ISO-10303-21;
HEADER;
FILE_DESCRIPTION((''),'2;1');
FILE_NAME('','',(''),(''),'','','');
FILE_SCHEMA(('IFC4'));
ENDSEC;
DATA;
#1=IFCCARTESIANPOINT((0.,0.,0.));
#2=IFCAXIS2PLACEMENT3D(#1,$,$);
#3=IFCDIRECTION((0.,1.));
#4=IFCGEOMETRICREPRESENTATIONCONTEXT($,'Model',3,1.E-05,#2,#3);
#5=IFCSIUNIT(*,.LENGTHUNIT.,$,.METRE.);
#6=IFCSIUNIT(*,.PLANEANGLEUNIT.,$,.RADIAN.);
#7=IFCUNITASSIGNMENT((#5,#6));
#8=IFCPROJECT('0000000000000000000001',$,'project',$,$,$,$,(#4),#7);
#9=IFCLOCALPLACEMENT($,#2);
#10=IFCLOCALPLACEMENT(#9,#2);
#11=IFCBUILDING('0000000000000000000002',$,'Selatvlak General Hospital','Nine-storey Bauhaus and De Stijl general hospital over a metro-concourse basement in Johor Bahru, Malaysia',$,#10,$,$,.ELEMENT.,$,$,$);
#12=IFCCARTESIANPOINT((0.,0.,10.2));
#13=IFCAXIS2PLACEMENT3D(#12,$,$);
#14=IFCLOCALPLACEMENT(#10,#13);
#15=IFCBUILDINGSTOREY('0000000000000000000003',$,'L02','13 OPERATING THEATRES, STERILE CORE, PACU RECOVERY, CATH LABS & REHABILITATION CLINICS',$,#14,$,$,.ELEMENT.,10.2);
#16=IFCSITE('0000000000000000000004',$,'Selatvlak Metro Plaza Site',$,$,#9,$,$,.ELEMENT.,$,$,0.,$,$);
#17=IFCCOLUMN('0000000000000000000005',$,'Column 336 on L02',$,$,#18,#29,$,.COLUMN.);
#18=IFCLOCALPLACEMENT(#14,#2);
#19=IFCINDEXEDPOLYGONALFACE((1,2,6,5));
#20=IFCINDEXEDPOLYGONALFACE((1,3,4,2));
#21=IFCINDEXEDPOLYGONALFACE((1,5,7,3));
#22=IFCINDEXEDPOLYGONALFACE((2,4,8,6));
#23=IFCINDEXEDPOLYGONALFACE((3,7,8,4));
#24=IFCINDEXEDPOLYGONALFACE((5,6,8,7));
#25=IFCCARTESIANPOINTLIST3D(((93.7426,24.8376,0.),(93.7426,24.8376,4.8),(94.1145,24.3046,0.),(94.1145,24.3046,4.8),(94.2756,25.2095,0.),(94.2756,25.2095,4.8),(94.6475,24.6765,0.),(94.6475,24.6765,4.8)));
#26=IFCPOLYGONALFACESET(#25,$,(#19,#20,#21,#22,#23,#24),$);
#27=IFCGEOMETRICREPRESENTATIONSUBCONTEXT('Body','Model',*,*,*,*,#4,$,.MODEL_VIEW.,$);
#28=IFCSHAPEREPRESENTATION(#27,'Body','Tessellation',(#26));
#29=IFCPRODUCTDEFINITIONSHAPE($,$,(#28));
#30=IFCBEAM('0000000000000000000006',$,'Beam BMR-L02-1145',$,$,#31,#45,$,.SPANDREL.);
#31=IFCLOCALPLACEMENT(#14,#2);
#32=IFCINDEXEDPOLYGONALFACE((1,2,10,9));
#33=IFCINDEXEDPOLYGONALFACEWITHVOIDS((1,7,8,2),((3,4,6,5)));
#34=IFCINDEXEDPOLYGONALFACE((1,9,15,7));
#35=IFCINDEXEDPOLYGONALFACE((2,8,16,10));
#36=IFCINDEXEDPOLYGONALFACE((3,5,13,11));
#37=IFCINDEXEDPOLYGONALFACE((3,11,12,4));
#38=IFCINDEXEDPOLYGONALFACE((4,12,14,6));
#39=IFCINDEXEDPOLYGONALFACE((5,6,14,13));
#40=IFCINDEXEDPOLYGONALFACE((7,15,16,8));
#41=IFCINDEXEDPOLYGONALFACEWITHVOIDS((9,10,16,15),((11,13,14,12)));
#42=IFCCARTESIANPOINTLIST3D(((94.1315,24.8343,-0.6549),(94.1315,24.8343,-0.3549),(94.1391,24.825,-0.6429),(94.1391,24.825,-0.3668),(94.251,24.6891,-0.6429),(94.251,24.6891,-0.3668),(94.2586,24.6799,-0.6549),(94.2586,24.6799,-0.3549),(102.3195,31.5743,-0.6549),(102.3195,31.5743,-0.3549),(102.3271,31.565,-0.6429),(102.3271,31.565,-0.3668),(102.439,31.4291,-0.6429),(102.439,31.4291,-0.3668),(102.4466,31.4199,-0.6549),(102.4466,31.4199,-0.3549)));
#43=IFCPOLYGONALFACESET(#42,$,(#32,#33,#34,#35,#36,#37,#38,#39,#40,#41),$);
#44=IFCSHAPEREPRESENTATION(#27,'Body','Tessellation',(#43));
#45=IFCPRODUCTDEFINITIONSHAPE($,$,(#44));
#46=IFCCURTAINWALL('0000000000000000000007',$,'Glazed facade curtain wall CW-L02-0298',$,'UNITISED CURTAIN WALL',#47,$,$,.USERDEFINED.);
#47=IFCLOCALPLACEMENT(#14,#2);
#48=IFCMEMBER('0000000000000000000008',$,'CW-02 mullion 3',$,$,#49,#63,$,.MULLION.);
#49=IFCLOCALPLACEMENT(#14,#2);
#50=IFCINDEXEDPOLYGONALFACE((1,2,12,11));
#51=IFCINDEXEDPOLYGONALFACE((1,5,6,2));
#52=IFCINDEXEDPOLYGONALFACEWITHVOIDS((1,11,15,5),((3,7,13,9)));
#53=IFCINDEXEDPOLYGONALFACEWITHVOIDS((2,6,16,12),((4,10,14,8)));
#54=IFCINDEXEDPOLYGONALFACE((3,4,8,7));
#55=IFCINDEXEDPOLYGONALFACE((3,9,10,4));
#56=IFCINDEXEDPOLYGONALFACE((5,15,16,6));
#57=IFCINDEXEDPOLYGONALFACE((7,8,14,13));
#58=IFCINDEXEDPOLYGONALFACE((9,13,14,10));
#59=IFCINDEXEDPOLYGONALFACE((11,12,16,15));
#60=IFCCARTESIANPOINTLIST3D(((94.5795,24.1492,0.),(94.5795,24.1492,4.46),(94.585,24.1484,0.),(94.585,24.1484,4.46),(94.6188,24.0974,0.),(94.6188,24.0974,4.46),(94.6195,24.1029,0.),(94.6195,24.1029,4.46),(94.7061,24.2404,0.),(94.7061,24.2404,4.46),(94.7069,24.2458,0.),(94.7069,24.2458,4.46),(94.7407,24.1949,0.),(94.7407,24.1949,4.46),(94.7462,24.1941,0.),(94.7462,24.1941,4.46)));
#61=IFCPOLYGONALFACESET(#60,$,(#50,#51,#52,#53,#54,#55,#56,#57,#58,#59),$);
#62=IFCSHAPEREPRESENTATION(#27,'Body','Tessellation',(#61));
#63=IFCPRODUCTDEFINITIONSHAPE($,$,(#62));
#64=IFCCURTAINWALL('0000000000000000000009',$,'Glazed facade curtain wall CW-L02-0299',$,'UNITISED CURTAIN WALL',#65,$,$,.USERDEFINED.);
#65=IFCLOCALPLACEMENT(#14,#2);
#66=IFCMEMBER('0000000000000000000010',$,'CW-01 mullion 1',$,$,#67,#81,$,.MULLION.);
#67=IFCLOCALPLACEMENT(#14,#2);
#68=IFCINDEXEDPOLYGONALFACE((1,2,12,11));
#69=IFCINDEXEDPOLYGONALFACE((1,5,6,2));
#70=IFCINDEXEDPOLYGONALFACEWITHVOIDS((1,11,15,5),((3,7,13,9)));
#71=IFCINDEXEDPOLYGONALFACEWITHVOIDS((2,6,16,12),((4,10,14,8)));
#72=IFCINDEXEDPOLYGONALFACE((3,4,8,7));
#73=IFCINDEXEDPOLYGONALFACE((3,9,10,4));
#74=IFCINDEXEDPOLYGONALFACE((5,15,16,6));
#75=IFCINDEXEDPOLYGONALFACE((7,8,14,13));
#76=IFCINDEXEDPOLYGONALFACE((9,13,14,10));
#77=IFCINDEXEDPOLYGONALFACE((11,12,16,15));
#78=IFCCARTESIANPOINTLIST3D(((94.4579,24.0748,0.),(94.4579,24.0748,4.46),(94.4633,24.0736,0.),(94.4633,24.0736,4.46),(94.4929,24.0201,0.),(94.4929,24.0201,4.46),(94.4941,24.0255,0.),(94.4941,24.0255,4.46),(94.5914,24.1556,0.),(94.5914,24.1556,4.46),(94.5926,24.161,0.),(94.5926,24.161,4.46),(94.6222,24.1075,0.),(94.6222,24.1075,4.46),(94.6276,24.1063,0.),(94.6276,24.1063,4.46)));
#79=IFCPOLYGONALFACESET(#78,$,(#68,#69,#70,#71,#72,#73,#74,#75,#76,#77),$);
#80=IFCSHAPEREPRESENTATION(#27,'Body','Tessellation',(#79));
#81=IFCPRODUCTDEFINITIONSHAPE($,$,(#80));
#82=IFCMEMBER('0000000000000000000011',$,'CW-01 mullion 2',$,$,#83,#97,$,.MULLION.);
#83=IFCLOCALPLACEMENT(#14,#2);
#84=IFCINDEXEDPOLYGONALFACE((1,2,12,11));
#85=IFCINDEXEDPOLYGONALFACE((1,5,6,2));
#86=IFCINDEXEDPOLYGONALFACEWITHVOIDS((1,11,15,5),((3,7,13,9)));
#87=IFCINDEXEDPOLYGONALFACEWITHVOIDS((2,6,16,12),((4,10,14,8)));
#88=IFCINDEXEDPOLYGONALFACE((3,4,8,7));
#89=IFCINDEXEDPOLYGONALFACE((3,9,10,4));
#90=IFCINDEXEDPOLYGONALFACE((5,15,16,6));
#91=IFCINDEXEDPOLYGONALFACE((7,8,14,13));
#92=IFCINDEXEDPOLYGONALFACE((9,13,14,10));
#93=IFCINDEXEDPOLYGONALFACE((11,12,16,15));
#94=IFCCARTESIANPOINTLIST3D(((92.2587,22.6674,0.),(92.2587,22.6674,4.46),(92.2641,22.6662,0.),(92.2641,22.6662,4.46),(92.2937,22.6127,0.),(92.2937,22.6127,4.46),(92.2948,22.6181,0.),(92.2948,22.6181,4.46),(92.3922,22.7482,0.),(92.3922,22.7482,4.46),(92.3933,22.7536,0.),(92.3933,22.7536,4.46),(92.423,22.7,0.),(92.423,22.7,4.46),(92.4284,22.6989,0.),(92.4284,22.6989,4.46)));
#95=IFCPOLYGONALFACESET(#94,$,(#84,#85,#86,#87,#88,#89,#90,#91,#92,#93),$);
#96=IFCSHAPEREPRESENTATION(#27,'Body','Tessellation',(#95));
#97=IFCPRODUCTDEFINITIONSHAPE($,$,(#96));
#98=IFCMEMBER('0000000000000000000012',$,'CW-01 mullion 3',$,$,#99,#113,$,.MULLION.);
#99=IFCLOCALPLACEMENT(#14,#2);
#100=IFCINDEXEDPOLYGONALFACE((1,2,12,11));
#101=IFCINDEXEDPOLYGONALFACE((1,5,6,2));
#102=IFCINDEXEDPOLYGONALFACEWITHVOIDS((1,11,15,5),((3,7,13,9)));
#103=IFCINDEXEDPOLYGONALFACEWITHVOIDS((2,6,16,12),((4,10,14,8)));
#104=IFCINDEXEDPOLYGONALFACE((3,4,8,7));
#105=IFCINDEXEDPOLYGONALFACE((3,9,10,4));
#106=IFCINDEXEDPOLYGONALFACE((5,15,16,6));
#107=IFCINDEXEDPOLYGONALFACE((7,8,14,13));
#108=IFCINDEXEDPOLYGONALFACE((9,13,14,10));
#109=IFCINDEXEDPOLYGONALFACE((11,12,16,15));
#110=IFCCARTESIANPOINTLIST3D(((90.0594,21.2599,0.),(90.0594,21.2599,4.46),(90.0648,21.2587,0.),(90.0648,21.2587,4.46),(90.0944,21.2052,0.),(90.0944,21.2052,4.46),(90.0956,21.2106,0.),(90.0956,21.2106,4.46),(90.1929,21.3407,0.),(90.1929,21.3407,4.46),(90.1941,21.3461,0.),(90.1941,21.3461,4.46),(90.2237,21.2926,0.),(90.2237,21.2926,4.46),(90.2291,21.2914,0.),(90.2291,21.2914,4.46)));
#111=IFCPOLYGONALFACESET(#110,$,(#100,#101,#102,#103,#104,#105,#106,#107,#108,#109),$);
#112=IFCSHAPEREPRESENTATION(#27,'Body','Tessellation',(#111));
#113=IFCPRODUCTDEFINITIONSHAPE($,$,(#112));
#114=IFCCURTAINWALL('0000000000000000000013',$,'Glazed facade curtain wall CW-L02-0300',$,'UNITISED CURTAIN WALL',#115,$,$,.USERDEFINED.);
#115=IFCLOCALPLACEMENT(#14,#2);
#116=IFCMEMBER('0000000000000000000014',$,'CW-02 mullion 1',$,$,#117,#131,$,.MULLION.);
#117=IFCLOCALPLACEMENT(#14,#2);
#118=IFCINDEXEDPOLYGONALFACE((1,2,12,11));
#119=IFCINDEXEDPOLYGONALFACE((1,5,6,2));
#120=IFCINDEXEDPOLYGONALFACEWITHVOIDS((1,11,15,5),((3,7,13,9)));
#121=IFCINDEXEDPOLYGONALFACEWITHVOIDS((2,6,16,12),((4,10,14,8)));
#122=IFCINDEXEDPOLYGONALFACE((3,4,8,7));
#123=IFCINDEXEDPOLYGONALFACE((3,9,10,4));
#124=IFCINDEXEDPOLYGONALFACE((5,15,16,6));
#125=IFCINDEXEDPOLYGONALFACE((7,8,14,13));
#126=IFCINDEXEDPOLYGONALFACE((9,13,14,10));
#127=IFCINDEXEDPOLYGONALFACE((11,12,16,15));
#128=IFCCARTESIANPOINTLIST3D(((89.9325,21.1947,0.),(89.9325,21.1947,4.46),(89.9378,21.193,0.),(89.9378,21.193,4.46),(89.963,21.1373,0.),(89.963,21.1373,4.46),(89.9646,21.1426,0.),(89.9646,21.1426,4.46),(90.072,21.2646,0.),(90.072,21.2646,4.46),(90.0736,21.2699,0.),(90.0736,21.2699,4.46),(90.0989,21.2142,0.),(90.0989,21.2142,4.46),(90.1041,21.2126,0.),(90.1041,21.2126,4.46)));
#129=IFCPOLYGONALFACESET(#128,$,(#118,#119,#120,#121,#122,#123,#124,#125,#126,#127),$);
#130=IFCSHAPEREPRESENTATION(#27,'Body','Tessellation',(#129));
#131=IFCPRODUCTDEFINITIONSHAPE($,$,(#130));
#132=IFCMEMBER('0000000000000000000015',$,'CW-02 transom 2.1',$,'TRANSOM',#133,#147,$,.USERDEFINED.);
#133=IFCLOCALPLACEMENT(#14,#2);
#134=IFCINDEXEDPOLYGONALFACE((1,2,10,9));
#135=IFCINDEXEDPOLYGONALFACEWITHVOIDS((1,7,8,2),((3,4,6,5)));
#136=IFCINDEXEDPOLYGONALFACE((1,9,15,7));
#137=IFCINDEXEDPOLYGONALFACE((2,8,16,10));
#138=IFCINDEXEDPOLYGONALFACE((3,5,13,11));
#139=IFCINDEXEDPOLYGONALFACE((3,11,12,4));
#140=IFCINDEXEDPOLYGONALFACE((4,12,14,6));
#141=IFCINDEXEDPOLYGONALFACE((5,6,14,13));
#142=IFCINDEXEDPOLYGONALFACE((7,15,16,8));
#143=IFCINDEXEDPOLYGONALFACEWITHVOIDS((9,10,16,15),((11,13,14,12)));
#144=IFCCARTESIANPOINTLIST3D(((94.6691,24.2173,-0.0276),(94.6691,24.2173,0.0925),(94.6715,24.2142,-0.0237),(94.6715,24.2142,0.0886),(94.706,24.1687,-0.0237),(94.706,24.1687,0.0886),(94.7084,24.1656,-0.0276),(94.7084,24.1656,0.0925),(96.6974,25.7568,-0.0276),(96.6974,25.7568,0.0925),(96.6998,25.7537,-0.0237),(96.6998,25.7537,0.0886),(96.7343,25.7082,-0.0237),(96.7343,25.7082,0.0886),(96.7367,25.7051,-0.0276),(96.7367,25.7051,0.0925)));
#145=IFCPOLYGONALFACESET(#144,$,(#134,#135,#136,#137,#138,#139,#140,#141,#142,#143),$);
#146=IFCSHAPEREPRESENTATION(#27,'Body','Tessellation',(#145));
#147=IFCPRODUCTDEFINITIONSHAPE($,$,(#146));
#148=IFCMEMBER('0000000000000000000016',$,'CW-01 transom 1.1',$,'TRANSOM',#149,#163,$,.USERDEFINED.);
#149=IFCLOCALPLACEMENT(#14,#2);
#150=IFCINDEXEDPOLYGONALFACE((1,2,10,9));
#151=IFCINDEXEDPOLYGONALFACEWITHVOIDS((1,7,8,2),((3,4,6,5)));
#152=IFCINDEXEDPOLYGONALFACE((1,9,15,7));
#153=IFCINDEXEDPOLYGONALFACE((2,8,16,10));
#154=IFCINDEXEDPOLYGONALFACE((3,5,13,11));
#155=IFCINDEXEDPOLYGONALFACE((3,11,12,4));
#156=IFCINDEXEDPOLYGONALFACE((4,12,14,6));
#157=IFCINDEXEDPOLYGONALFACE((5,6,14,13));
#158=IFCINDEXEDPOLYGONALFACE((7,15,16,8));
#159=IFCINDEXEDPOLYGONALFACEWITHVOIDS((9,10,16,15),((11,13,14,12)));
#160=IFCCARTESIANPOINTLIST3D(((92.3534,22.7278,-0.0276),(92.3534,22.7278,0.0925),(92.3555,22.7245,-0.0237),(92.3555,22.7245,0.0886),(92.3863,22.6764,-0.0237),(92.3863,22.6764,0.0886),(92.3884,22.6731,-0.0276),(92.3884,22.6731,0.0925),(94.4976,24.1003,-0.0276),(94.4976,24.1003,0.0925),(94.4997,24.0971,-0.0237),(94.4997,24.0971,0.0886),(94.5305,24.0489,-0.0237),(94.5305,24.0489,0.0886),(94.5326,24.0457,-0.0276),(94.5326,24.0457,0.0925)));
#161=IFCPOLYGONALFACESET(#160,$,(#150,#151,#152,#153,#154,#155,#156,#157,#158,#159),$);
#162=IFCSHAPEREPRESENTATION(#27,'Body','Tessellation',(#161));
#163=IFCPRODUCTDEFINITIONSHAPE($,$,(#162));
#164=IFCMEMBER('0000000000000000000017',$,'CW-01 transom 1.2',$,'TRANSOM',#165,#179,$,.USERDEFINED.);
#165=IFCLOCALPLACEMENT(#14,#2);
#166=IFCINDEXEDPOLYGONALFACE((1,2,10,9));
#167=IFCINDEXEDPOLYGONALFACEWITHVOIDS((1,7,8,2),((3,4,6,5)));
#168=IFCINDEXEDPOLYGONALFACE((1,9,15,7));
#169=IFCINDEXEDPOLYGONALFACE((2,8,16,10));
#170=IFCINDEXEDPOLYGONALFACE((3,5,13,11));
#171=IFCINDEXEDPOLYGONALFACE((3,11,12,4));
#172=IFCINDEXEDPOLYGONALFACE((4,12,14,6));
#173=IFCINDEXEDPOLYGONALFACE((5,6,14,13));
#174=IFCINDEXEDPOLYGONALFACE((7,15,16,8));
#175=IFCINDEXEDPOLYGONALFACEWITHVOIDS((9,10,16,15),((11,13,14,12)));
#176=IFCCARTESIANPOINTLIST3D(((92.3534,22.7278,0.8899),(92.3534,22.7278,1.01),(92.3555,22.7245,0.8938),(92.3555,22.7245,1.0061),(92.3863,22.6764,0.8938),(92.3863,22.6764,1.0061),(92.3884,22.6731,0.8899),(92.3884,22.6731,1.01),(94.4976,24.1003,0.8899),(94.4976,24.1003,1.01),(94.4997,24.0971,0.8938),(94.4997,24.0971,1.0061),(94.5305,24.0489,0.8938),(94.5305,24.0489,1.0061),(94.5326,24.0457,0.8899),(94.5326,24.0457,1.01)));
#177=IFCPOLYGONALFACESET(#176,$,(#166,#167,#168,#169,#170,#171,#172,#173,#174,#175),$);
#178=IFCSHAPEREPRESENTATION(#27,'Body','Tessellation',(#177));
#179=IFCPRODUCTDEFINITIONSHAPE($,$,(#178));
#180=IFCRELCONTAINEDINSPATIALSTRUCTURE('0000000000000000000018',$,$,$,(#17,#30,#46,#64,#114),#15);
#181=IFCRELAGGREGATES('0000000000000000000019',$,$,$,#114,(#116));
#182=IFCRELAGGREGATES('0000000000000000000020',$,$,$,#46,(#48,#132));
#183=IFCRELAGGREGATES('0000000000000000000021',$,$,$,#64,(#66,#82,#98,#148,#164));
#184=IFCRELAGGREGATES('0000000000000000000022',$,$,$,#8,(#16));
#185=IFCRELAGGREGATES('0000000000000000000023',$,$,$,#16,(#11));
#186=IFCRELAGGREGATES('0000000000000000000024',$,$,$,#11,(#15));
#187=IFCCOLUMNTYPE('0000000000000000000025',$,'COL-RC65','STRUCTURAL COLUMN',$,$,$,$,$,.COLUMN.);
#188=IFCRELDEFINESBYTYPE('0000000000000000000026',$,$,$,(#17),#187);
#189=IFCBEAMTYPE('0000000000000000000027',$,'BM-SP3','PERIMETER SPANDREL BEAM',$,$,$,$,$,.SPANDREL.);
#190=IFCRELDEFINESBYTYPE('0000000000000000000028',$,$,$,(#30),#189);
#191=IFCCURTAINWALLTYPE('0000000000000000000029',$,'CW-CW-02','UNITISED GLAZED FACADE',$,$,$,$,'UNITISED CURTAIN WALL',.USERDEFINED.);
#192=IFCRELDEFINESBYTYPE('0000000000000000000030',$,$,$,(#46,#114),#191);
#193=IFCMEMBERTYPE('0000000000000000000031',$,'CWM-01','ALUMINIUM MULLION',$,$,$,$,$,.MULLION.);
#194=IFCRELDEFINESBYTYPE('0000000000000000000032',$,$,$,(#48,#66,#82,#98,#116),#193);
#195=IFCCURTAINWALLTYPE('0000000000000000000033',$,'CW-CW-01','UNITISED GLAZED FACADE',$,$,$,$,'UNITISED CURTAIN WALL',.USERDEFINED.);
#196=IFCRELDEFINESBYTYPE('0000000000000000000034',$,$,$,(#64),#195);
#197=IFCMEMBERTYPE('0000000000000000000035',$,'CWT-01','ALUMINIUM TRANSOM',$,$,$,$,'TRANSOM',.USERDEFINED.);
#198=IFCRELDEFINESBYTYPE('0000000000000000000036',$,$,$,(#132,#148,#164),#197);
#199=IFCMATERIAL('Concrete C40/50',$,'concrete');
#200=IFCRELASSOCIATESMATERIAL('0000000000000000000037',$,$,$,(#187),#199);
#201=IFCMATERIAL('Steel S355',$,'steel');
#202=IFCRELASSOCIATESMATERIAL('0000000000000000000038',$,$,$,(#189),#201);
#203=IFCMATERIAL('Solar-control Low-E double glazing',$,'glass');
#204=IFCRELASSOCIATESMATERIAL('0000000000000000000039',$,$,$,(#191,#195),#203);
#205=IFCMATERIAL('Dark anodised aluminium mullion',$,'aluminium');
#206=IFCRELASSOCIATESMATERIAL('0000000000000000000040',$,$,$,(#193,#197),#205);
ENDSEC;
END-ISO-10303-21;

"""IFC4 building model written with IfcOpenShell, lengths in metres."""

from ifc_helpers import new_model, si_unit, direction, frame, origin, origin_2d, place, context, subcontext, project, spatial, rectangle, hollow_rectangle, extrude, material, material_profile, profile_set, type_object, element, aggregate, save


model = new_model("IFC4")

# Units and contexts
model_context = context("Model", 3, precision=1e-05, world=origin(), true_north=direction((0.0, 1.0)))
body_context = subcontext(model_context, "Body", "Model", "MODEL_VIEW")
ifc_project = project(units=[si_unit("LENGTHUNIT", "METRE"), si_unit("PLANEANGLEUNIT", "RADIAN")], contexts=[model_context])

# Site, building, storey
site_placement = place(None, origin())
site = spatial("IfcSite", under=ifc_project, at=site_placement, Name="Selatvlak Metro Plaza Site", CompositionType="ELEMENT", RefElevation=0.0)
building_placement = place(site_placement, origin())
building = spatial("IfcBuilding", under=site, at=building_placement, Name="Selatvlak General Hospital", Description="Nine-storey Bauhaus and De Stijl general hospital over a metro-concourse basement in Johor Bahru, Malaysia", CompositionType="ELEMENT")
storey_placement = place(building_placement, frame((0.0, 0.0, 10.2)))
storey = spatial("IfcBuildingStorey", under=building, at=storey_placement, Name="L02", Description="13 OPERATING THEATRES, STERILE CORE, PACU RECOVERY, CATH LABS & REHABILITATION CLINICS", CompositionType="ELEMENT", Elevation=10.2)

# Column
ifc_material_1 = material(Name="Concrete C40/50", Category="concrete")
ifc_material_profile_1 = material_profile(ifc_material_1, rectangle(XDim=0.6499, YDim=0.6499, at=origin_2d()), Name="RC-COL 650x650")
ifc_profile_set_1 = profile_set([ifc_material_profile_1], Name="Concrete C40/50")
column_type = type_object("IfcColumnType", Name="COL-RC65", Description="STRUCTURAL COLUMN", PredefinedType="COLUMN", material=ifc_profile_set_1)
column_placement = place(storey_placement, frame((94.1951, 24.7571, 0.0), z_axis=(0.0, 0.0, 1.0), x_axis=(-0.572189, 0.820122, 0.0)))
element("IfcColumn", 1, at=column_placement, inside=storey, type_object=column_type, Name="Column 336 on L02", PredefinedType="COLUMN", context=body_context, shape_type="SweptSolid", body=[
    extrude(rectangle(XDim=0.6499, YDim=0.6499, at=origin_2d()), origin(), (0.0, 0.0, 1.0), 4.8),
])

# Beam
ifc_material_2 = material(Name="Steel S355", Category="steel")
ifc_material_profile_2 = material_profile(ifc_material_2, hollow_rectangle(XDim=0.2, YDim=0.3, WallThickness=0.012, at=origin_2d()), Name="RHS 300x200x12")
ifc_profile_set_2 = profile_set([ifc_material_profile_2], Name="Steel S355")
beam_type = type_object("IfcBeamType", Name="BM-SP3", Description="PERIMETER SPANDREL BEAM", PredefinedType="SPANDREL", material=ifc_profile_set_2)
beam_placement = place(storey_placement, frame((94.1951, 24.7571, -0.5049), z_axis=(0.772072, 0.635535, 0.0), x_axis=(-0.635535, 0.772072, 0.0)))
element("IfcBeam", 2, at=beam_placement, inside=storey, type_object=beam_type, Name="Beam BMR-L02-1145", PredefinedType="SPANDREL", context=body_context, shape_type="SweptSolid", body=[
    extrude(hollow_rectangle(XDim=0.2, YDim=0.3, WallThickness=0.012, at=origin_2d()), origin(), (0.0, 0.0, 1.0), 10.6052),
])

# Curtain wall, member
ifc_material_3 = material(Name="Solar-control Low-E double glazing", Category="glass")
curtain_wall_type_1 = type_object("IfcCurtainWallType", Name="CW-CW-02", Description="UNITISED GLAZED FACADE", ElementType="UNITISED CURTAIN WALL", PredefinedType="USERDEFINED", material=ifc_material_3)
curtain_wall_1_placement = place(storey_placement, origin())
curtain_wall_1 = element("IfcCurtainWall", 3, at=curtain_wall_1_placement, inside=storey, type_object=curtain_wall_type_1, Name="Glazed facade curtain wall CW-L02-0298", ObjectType="UNITISED CURTAIN WALL", PredefinedType="USERDEFINED")
ifc_material_4 = material(Name="Dark anodised aluminium mullion", Category="aluminium")
ifc_material_profile_3 = material_profile(ifc_material_4, hollow_rectangle(XDim=0.0649, YDim=0.1599, WallThickness=0.0039, at=origin_2d()), Name="AL-MUL 65x160x4")
ifc_profile_set_3 = profile_set([ifc_material_profile_3], Name="Dark anodised aluminium mullion")
member_type_1 = type_object("IfcMemberType", Name="CWM-01", Description="ALUMINIUM MULLION", PredefinedType="MULLION", material=ifc_profile_set_3)
member_1_placement = place(storey_placement, frame((94.6628, 24.1716, 0.0), z_axis=(0.0, 0.0, 1.0), x_axis=(0.604589, -0.796537, 0.0)))
member_1 = element("IfcMember", 4, at=member_1_placement, type_object=member_type_1, Name="CW-02 mullion 3", PredefinedType="MULLION", context=body_context, shape_type="SweptSolid", body=[
    extrude(hollow_rectangle(XDim=0.0649, YDim=0.1599, WallThickness=0.0039, at=origin_2d()), origin(), (0.0, 0.0, 1.0), 4.46),
])

# Curtain wall, members
curtain_wall_type_2 = type_object("IfcCurtainWallType", Name="CW-CW-01", Description="UNITISED GLAZED FACADE", ElementType="UNITISED CURTAIN WALL", PredefinedType="USERDEFINED", material=ifc_material_3)
curtain_wall_2_placement = place(storey_placement, origin())
curtain_wall_2 = element("IfcCurtainWall", 5, at=curtain_wall_2_placement, inside=storey, type_object=curtain_wall_type_2, Name="Glazed facade curtain wall CW-L02-0299", ObjectType="UNITISED CURTAIN WALL", PredefinedType="USERDEFINED")
member_2_placement = place(storey_placement, frame((94.5427, 24.0906, 0.0), z_axis=(0.0, 0.0, 1.0), x_axis=(0.539064, -0.842265, 0.0)))
member_2 = element("IfcMember", 6, at=member_2_placement, type_object=member_type_1, Name="CW-01 mullion 1", PredefinedType="MULLION", context=body_context, shape_type="SweptSolid", body=[
    extrude(hollow_rectangle(XDim=0.0649, YDim=0.1599, WallThickness=0.0039, at=origin_2d()), origin(), (0.0, 0.0, 1.0), 4.46),
])
member_3_placement = place(storey_placement, frame((92.3435, 22.6831, 0.0), z_axis=(0.0, 0.0, 1.0), x_axis=(0.539064, -0.842265, 0.0)))
member_3 = element("IfcMember", 7, at=member_3_placement, type_object=member_type_1, Name="CW-01 mullion 2", PredefinedType="MULLION", context=body_context, shape_type="SweptSolid", body=[
    extrude(hollow_rectangle(XDim=0.0649, YDim=0.1599, WallThickness=0.0039, at=origin_2d()), origin(), (0.0, 0.0, 1.0), 4.46),
])
member_4_placement = place(storey_placement, frame((90.1443, 21.2756, 0.0), z_axis=(0.0, 0.0, 1.0), x_axis=(0.539064, -0.842265, 0.0)))
member_4 = element("IfcMember", 8, at=member_4_placement, type_object=member_type_1, Name="CW-01 mullion 3", PredefinedType="MULLION", context=body_context, shape_type="SweptSolid", body=[
    extrude(hollow_rectangle(XDim=0.0649, YDim=0.1599, WallThickness=0.0039, at=origin_2d()), origin(), (0.0, 0.0, 1.0), 4.46),
])

# Curtain wall, member
curtain_wall_3_placement = place(storey_placement, origin())
curtain_wall_3 = element("IfcCurtainWall", 9, at=curtain_wall_3_placement, inside=storey, type_object=curtain_wall_type_1, Name="Glazed facade curtain wall CW-L02-0300", ObjectType="UNITISED CURTAIN WALL", PredefinedType="USERDEFINED")
member_5_placement = place(storey_placement, frame((90.0183, 21.2036, 0.0), z_axis=(0.0, 0.0, 1.0), x_axis=(0.470451, -0.882426, 0.0)))
member_5 = element("IfcMember", 10, at=member_5_placement, type_object=member_type_1, Name="CW-02 mullion 1", PredefinedType="MULLION", context=body_context, shape_type="SweptSolid", body=[
    extrude(hollow_rectangle(XDim=0.0649, YDim=0.1599, WallThickness=0.0039, at=origin_2d()), origin(), (0.0, 0.0, 1.0), 4.46),
])
aggregate(curtain_wall_3, [member_5])

# Members
ifc_material_profile_4 = material_profile(ifc_material_4, hollow_rectangle(XDim=0.0649, YDim=0.1201, WallThickness=0.0039, at=origin_2d()), Name="AL-TRN 65x120x4")
ifc_profile_set_4 = profile_set([ifc_material_profile_4], Name="Dark anodised aluminium mullion")
member_type_2 = type_object("IfcMemberType", Name="CWT-01", Description="ALUMINIUM TRANSOM", ElementType="TRANSOM", PredefinedType="USERDEFINED", material=ifc_profile_set_4)
member_6_placement = place(storey_placement, frame((96.717, 25.731, 0.0325), z_axis=(-0.796535, -0.604592, 0.0), x_axis=(0.604592, -0.796535, 0.0)))
member_6 = element("IfcMember", 11, at=member_6_placement, type_object=member_type_2, Name="CW-02 transom 2.1", ObjectType="TRANSOM", PredefinedType="USERDEFINED", context=body_context, shape_type="SweptSolid", body=[
    extrude(hollow_rectangle(XDim=0.0649, YDim=0.1201, WallThickness=0.0039, at=origin_2d()), origin(), (0.0, 0.0, 1.0), 2.5464),
])
member_7_placement = place(storey_placement, frame((94.5151, 24.073, 0.0325), z_axis=(-0.842233, -0.539114, 0.0), x_axis=(0.539114, -0.842233, 0.0)))
member_7 = element("IfcMember", 12, at=member_7_placement, type_object=member_type_2, Name="CW-01 transom 1.1", ObjectType="TRANSOM", PredefinedType="USERDEFINED", context=body_context, shape_type="SweptSolid", body=[
    extrude(hollow_rectangle(XDim=0.0649, YDim=0.1201, WallThickness=0.0039, at=origin_2d()), origin(), (0.0, 0.0, 1.0), 2.5459),
])
member_8_placement = place(storey_placement, frame((94.5151, 24.073, 0.95), z_axis=(-0.842233, -0.539114, 0.0), x_axis=(0.539114, -0.842233, 0.0)))
member_8 = element("IfcMember", 13, at=member_8_placement, type_object=member_type_2, Name="CW-01 transom 1.2", ObjectType="TRANSOM", PredefinedType="USERDEFINED", context=body_context, shape_type="SweptSolid", body=[
    extrude(hollow_rectangle(XDim=0.0649, YDim=0.1201, WallThickness=0.0039, at=origin_2d()), origin(), (0.0, 0.0, 1.0), 2.5459),
])

aggregate(curtain_wall_1, [member_1, member_6])
aggregate(curtain_wall_2, [member_2, member_3, member_4, member_7, member_8])

save(model, "model.ifc")
